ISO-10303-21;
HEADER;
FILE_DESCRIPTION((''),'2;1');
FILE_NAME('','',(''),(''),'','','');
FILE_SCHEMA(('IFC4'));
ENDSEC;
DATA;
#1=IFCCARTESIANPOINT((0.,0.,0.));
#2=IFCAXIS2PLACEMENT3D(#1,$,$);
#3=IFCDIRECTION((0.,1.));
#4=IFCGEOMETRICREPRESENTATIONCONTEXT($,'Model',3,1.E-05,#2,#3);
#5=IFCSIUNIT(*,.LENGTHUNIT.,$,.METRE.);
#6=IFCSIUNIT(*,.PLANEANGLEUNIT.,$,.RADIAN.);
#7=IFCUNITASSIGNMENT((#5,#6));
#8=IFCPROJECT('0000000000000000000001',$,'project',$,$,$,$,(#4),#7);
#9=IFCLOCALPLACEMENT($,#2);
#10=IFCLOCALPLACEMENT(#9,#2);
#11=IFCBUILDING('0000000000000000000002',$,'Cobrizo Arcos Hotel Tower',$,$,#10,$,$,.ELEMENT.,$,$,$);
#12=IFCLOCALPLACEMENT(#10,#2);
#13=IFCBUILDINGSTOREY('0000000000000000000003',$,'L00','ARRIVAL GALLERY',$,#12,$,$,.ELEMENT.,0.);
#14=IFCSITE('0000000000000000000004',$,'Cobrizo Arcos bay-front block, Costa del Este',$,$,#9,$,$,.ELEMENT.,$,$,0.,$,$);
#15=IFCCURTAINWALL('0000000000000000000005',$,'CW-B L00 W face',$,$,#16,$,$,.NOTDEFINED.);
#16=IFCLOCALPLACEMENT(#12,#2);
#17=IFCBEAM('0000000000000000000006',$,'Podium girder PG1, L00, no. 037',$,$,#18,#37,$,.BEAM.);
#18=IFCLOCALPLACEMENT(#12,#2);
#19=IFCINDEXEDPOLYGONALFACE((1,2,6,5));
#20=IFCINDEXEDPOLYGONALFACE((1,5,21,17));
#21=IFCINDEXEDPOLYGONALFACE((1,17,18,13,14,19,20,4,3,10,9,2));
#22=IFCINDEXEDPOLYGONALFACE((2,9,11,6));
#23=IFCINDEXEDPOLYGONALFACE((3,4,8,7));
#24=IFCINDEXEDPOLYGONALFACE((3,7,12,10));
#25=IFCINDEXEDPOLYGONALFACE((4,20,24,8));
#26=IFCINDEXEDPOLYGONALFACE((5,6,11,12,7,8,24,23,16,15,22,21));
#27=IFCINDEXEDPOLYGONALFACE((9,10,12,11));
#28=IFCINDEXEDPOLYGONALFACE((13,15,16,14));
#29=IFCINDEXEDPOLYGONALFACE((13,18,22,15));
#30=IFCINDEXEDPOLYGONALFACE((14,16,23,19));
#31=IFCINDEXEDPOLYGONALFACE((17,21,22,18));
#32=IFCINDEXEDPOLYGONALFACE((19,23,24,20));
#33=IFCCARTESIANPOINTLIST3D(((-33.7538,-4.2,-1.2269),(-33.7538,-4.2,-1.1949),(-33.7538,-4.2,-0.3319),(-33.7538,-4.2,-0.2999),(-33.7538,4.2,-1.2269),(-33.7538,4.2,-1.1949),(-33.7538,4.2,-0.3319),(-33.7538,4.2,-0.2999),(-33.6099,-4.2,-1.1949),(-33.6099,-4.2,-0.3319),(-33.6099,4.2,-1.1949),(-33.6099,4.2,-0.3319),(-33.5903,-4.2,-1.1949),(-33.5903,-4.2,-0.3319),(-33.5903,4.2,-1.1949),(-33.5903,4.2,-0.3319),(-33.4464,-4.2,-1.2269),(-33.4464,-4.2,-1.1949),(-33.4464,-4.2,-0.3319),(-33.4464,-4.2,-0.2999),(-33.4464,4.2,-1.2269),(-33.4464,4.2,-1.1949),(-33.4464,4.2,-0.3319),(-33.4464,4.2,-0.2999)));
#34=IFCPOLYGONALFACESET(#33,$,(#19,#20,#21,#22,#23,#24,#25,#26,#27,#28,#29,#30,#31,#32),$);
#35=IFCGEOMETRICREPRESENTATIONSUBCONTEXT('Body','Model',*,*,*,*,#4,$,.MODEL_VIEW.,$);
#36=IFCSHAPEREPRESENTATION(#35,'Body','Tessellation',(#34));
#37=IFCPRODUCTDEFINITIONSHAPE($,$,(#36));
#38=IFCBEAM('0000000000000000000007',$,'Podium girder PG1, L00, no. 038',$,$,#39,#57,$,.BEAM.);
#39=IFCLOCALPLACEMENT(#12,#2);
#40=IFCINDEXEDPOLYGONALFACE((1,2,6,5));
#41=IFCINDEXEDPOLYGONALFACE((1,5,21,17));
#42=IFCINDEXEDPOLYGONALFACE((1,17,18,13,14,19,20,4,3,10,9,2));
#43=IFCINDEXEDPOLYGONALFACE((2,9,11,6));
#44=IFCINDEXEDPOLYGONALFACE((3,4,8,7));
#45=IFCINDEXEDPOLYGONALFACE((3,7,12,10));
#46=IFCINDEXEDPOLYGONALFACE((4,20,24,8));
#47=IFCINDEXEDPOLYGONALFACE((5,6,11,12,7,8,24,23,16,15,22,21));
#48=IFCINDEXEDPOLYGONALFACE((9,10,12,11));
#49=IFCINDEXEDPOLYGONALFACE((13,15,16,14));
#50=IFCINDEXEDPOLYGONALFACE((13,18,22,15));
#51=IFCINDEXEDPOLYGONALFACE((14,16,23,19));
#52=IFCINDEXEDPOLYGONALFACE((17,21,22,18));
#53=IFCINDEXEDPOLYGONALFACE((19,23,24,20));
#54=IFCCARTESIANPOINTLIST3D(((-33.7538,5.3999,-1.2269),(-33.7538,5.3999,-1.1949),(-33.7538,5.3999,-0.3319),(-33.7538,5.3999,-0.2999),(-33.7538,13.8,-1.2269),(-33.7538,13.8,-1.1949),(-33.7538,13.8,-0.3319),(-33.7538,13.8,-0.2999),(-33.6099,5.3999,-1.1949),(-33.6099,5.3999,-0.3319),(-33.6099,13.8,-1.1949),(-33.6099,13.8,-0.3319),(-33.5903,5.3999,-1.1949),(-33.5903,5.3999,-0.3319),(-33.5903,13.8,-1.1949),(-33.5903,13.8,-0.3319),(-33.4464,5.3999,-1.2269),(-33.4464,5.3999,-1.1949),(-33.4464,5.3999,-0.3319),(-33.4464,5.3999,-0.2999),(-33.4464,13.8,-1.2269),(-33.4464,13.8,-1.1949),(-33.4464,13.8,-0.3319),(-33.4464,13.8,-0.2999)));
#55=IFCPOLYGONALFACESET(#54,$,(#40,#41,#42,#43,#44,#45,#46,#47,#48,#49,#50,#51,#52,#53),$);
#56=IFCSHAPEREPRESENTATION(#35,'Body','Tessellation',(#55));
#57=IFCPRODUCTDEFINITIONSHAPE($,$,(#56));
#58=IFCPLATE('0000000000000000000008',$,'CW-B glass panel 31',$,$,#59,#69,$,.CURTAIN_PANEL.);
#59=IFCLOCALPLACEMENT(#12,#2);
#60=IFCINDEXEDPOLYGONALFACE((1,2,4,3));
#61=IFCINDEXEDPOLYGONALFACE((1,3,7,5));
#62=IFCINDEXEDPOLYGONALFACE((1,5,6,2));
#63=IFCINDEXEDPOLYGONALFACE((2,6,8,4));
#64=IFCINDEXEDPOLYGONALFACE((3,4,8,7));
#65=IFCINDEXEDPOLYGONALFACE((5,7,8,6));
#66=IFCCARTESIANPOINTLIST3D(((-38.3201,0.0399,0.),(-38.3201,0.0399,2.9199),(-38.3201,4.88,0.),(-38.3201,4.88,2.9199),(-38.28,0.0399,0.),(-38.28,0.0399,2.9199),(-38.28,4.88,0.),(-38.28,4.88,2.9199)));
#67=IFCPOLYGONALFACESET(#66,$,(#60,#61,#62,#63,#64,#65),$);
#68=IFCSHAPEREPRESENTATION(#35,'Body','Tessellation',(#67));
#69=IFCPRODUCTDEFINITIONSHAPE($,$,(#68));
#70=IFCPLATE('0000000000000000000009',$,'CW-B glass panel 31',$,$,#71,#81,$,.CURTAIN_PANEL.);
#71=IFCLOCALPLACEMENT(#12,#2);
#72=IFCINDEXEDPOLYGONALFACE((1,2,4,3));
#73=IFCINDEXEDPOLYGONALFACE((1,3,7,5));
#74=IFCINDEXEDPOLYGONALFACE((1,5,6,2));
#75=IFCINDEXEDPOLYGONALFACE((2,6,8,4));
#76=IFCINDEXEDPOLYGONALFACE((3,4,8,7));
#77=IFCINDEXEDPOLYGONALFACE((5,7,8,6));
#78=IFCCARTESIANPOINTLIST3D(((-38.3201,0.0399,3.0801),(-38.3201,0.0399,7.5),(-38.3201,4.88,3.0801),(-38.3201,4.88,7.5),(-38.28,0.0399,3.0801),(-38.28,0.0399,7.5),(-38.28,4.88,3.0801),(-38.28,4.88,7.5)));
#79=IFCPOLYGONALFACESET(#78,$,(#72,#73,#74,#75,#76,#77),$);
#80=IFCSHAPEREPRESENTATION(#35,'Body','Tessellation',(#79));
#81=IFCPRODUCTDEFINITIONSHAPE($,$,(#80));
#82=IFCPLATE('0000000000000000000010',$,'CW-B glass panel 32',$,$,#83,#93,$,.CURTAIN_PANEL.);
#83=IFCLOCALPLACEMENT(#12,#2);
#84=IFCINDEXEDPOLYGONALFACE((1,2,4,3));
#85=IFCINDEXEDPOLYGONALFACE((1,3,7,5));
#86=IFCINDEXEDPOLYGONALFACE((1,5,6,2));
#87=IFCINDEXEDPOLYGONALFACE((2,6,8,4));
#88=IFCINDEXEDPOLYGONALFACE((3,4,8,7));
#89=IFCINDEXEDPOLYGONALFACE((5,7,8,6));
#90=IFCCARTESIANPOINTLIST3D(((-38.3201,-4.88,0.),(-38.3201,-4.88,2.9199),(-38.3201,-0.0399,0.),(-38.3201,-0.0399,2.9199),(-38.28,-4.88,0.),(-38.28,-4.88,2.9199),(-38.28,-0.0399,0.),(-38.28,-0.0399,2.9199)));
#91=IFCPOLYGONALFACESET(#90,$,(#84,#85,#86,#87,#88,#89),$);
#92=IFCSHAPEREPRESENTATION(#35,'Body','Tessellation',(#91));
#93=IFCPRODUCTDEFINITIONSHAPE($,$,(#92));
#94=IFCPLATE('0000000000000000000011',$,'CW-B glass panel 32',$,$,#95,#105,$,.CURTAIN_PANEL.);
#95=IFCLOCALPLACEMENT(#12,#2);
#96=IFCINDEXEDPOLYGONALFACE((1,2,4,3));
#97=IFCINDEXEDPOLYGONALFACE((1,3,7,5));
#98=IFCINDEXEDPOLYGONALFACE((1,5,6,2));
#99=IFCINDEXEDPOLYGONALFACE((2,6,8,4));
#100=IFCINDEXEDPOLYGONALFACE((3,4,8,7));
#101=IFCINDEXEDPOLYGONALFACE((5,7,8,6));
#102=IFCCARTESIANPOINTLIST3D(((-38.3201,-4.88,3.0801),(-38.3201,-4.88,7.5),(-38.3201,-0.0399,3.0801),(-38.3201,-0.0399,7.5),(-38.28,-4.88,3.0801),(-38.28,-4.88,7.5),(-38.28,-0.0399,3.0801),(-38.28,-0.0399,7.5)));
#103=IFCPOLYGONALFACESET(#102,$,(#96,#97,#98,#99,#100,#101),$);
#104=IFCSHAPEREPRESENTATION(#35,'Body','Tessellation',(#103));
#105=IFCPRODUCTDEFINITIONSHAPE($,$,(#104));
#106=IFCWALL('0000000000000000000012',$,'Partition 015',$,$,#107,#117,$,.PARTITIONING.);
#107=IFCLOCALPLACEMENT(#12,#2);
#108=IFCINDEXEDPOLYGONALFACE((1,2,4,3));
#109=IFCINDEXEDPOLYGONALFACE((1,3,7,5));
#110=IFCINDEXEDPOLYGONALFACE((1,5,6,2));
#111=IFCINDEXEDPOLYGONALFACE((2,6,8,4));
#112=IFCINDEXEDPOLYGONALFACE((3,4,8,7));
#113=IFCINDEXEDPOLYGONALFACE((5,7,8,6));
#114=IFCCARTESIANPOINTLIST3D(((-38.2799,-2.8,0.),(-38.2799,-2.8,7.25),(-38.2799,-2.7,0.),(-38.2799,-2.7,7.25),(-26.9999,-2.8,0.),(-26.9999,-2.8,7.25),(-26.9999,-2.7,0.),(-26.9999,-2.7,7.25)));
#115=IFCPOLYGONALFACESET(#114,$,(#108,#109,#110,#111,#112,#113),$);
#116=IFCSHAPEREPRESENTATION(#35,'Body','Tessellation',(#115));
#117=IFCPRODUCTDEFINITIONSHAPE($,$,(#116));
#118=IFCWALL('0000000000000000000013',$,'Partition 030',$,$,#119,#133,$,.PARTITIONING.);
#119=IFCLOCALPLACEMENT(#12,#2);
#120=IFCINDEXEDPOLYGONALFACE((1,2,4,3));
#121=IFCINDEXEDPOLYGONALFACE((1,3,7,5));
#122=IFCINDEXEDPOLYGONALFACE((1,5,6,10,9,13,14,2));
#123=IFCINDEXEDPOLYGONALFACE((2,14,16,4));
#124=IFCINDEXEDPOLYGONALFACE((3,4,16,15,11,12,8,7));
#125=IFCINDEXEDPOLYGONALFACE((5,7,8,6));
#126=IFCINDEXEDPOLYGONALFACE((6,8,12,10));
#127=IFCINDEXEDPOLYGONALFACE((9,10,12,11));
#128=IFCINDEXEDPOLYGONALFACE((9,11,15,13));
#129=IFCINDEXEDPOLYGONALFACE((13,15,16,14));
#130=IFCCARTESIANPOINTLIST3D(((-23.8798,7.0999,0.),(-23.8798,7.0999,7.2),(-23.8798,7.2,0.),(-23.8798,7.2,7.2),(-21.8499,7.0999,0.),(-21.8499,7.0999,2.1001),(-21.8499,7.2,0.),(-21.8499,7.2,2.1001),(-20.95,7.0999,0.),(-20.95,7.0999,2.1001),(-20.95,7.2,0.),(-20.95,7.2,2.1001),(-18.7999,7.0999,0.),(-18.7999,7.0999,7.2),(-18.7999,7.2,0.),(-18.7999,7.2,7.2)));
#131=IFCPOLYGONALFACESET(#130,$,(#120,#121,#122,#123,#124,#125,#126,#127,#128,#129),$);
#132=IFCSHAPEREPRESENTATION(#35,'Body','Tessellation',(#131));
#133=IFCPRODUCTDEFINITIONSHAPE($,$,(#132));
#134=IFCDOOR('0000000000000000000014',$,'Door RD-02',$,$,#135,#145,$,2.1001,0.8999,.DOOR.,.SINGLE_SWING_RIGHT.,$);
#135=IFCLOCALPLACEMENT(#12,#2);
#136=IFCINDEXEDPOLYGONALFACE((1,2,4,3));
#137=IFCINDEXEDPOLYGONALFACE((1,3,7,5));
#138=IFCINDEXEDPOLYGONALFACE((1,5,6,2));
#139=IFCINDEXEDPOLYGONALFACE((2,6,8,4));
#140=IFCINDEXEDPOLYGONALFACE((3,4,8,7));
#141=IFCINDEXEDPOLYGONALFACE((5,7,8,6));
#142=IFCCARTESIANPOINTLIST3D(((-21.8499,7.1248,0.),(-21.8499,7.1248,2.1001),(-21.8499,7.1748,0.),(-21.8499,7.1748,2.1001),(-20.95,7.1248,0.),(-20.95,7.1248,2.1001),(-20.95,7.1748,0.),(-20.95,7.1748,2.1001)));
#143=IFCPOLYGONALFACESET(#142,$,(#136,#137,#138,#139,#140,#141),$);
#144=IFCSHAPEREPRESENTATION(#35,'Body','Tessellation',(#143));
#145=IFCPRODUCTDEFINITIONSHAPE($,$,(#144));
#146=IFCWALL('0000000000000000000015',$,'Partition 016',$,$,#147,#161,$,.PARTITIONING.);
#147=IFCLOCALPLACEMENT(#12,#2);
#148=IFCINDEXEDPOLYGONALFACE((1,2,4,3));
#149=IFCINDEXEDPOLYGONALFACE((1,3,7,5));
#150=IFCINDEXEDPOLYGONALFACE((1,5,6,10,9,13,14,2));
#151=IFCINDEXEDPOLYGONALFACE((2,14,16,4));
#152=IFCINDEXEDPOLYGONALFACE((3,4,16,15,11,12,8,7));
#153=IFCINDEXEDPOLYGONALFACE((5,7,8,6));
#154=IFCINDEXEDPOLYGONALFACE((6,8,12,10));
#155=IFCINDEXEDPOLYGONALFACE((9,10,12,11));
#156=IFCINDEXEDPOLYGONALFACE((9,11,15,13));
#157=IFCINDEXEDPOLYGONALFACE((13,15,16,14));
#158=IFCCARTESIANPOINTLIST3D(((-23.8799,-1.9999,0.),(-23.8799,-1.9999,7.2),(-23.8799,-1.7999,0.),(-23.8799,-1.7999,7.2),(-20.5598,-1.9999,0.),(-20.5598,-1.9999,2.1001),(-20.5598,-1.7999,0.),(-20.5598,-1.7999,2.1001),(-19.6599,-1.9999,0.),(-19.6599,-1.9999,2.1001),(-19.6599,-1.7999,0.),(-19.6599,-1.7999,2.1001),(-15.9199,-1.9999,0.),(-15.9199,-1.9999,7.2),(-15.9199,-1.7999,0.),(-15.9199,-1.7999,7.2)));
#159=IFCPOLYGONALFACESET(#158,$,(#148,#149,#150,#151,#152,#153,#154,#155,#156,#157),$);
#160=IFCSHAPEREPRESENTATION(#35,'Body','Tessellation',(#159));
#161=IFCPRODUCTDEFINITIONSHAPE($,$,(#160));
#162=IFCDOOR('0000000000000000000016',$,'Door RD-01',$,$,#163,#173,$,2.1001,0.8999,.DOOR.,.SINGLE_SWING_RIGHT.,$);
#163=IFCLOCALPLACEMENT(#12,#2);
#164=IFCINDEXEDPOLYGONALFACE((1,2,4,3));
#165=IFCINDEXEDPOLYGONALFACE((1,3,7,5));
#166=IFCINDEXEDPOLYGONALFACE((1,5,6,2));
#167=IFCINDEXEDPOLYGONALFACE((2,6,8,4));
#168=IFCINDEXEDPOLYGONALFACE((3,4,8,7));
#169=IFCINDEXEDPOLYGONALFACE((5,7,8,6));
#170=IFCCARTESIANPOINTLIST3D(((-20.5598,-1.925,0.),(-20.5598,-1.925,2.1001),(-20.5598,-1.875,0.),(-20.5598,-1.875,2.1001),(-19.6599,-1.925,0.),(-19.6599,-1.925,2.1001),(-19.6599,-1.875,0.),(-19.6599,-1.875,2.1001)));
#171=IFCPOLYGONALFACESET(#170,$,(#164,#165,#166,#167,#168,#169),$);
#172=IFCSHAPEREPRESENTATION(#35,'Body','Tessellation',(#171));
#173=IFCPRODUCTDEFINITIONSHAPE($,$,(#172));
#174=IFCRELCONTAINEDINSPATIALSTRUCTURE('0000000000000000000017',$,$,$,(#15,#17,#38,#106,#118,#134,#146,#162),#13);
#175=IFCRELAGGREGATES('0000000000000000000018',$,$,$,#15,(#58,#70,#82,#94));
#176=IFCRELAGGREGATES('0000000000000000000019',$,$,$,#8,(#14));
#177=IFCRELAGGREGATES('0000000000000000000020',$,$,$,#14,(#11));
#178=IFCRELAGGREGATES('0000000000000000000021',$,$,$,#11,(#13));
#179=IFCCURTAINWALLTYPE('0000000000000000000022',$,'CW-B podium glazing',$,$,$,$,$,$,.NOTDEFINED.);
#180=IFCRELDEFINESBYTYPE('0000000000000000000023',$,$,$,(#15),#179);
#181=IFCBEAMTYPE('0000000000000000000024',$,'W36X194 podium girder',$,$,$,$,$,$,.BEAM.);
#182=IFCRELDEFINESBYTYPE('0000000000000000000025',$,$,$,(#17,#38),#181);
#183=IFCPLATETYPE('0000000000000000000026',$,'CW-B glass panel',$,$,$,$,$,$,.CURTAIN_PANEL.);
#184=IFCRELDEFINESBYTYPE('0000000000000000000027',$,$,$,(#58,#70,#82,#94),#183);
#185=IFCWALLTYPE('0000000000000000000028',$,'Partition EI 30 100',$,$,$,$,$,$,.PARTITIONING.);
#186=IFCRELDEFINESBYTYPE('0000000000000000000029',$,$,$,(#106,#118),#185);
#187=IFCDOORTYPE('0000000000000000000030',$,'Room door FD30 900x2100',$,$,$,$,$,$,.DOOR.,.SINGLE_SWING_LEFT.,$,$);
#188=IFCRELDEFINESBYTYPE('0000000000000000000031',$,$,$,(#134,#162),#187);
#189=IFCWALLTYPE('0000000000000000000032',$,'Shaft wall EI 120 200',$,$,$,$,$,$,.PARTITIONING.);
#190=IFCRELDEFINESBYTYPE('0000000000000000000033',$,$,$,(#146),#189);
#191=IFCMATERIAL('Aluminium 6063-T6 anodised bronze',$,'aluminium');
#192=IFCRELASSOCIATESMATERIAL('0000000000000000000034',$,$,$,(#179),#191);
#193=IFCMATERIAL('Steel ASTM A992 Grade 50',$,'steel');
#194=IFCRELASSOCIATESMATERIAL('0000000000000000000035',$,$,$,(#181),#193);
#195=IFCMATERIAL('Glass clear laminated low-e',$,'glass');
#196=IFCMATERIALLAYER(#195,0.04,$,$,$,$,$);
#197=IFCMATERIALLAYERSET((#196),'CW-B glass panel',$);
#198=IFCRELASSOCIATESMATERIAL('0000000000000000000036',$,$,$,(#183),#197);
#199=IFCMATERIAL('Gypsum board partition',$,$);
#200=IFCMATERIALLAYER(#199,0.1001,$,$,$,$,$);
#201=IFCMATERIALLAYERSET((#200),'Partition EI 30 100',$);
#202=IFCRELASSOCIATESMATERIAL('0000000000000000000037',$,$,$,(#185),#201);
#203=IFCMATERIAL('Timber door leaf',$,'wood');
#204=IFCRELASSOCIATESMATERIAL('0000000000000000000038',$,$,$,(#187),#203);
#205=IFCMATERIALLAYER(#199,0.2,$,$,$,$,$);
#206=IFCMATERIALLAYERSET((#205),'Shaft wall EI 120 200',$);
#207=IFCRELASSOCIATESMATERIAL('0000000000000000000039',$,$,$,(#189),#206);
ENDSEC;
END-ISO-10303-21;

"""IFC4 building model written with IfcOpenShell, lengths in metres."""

from ifc_helpers import new_model, si_unit, direction, frame, frame_2d, origin, origin_2d, place, context, subcontext, project, spatial, rectangle, i_section, extrude, material, layer, layer_set, material_profile, profile_set, type_object, element, fill, aggregate, save


model = new_model("IFC4")

# Units and contexts
model_context = context("Model", 3, precision=1e-05, world=origin(), true_north=direction((0.0, 1.0)))
body_context = subcontext(model_context, "Body", "Model", "MODEL_VIEW")
ifc_project = project(units=[si_unit("LENGTHUNIT", "METRE"), si_unit("PLANEANGLEUNIT", "RADIAN")], contexts=[model_context])

# Site, building, storey
site_placement = place(None, origin())
site = spatial("IfcSite", under=ifc_project, at=site_placement, Name="Cobrizo Arcos bay-front block, Costa del Este", CompositionType="ELEMENT", RefElevation=0.0)
building_placement = place(site_placement, origin())
building = spatial("IfcBuilding", under=site, at=building_placement, Name="Cobrizo Arcos Hotel Tower", CompositionType="ELEMENT")
storey_placement = place(building_placement, origin())
storey = spatial("IfcBuildingStorey", under=building, at=storey_placement, Name="L00", Description="ARRIVAL GALLERY", CompositionType="ELEMENT", Elevation=0.0)

# Curtain wall
ifc_material_1 = material(Name="Aluminium 6063-T6 anodised bronze", Category="aluminium")
curtain_wall_type = type_object("IfcCurtainWallType", Name="CW-B podium glazing", PredefinedType="NOTDEFINED", material=ifc_material_1)
curtain_wall_placement = place(storey_placement, origin())
curtain_wall = element("IfcCurtainWall", 1, at=curtain_wall_placement, inside=storey, type_object=curtain_wall_type, Name="CW-B L00 W face", PredefinedType="NOTDEFINED")

# Beams
ifc_material_2 = material(Name="Steel ASTM A992 Grade 50", Category="steel")
ifc_material_profile_1 = material_profile(ifc_material_2, i_section(OverallWidth=0.3074, OverallDepth=0.927, WebThickness=0.0195, FlangeThickness=0.032, at=origin_2d()), Name="W36X194")
ifc_profile_set_1 = profile_set([ifc_material_profile_1], Name="Steel ASTM A992 Grade 50")
beam_type_1 = type_object("IfcBeamType", Name="W36X194 podium girder", PredefinedType="BEAM", material=ifc_profile_set_1)
beam_1_placement = place(storey_placement, frame((-33.6001, -4.2, -0.7634), z_axis=(0.0, 1.0, 0.0), x_axis=(-1.0, 0.0, 0.0)))
element("IfcBeam", 2, at=beam_1_placement, inside=storey, type_object=beam_type_1, Name="Podium girder PG1, L00, no. 037", PredefinedType="BEAM", context=body_context, shape_type="SweptSolid", body=[
    extrude(i_section(OverallWidth=0.3074, OverallDepth=0.927, WebThickness=0.0195, FlangeThickness=0.032, at=origin_2d()), origin(), (0.0, 0.0, 1.0), 8.3999),
])
beam_2_placement = place(storey_placement, frame((-33.6001, 5.3999, -0.7634), z_axis=(0.0, 1.0, 0.0), x_axis=(-1.0, 0.0, 0.0)))
element("IfcBeam", 3, at=beam_2_placement, inside=storey, type_object=beam_type_1, Name="Podium girder PG1, L00, no. 038", PredefinedType="BEAM", context=body_context, shape_type="SweptSolid", body=[
    extrude(i_section(OverallWidth=0.3074, OverallDepth=0.927, WebThickness=0.0195, FlangeThickness=0.032, at=origin_2d()), origin(), (0.0, 0.0, 1.0), 8.4001),
])

# Plates
ifc_material_3 = material(Name="Glass clear laminated low-e", Category="glass")
ifc_layer_1 = layer(ifc_material_3, 0.04)
ifc_layer_set_1 = layer_set([ifc_layer_1], Name="CW-B glass panel")
plate_type = type_object("IfcPlateType", Name="CW-B glass panel", PredefinedType="CURTAIN_PANEL", material=ifc_layer_set_1)
plate_1_placement = place(storey_placement, frame((-38.3, 2.46, 0.0), z_axis=(0.0, 0.0, 1.0), x_axis=(0.0, -1.0, 0.0)))
plate_1 = element("IfcPlate", 4, at=plate_1_placement, type_object=plate_type, Name="CW-B glass panel 31", PredefinedType="CURTAIN_PANEL", context=body_context, shape_type="SweptSolid", body=[
    extrude(rectangle(XDim=4.8401, YDim=0.04, at=origin_2d()), origin(), (0.0, 0.0, 1.0), 2.9199),
])
plate_2_placement = place(storey_placement, frame((-38.3, 2.46, 3.0801), z_axis=(0.0, 0.0, 1.0), x_axis=(0.0, -1.0, 0.0)))
plate_2 = element("IfcPlate", 5, at=plate_2_placement, type_object=plate_type, Name="CW-B glass panel 31", PredefinedType="CURTAIN_PANEL", context=body_context, shape_type="SweptSolid", body=[
    extrude(rectangle(XDim=4.8401, YDim=0.04, at=origin_2d()), origin(), (0.0, 0.0, 1.0), 4.4199),
])
plate_3_placement = place(storey_placement, frame((-38.3, -2.46, 0.0), z_axis=(0.0, 0.0, 1.0), x_axis=(0.0, -1.0, 0.0)))
plate_3 = element("IfcPlate", 6, at=plate_3_placement, type_object=plate_type, Name="CW-B glass panel 32", PredefinedType="CURTAIN_PANEL", context=body_context, shape_type="SweptSolid", body=[
    extrude(rectangle(XDim=4.8401, YDim=0.04, at=origin_2d()), origin(), (0.0, 0.0, 1.0), 2.9199),
])
plate_4_placement = place(storey_placement, frame((-38.3, -2.46, 3.0801), z_axis=(0.0, 0.0, 1.0), x_axis=(0.0, -1.0, 0.0)))
plate_4 = element("IfcPlate", 7, at=plate_4_placement, type_object=plate_type, Name="CW-B glass panel 32", PredefinedType="CURTAIN_PANEL", context=body_context, shape_type="SweptSolid", body=[
    extrude(rectangle(XDim=4.8401, YDim=0.04, at=origin_2d()), origin(), (0.0, 0.0, 1.0), 4.4199),
])
aggregate(curtain_wall, [plate_1, plate_2, plate_3, plate_4])

# Wall
ifc_material_4 = material(Name="Gypsum board partition")
ifc_layer_2 = layer(ifc_material_4, 0.1001)
ifc_layer_set_2 = layer_set([ifc_layer_2], Name="Partition EI 30 100")
wall_type_1 = type_object("IfcWallType", Name="Partition EI 30 100", PredefinedType="PARTITIONING", material=ifc_layer_set_2)
wall_1_placement = place(storey_placement, frame((-38.28, -2.75, 0.0), z_axis=(0.0, 0.0, 1.0), x_axis=(1.0, 0.0, 0.0)))
element("IfcWall", 8, at=wall_1_placement, inside=storey, type_object=wall_type_1, Name="Partition 015", PredefinedType="PARTITIONING", context=body_context, shape_type="SweptSolid", body=[
    extrude(rectangle(XDim=11.28, YDim=0.1001, at=frame_2d((5.6401, 0.0))), origin(), (0.0, 0.0, 1.0), 7.25),
])

# Walls, openings, doors
wall_2_placement = place(storey_placement, frame((-23.8799, 7.1499, 0.0), z_axis=(0.0, 0.0, 1.0), x_axis=(1.0, 0.0, 0.0)))
wall_2 = element("IfcWall", 9, at=wall_2_placement, inside=storey, type_object=wall_type_1, Name="Partition 030", PredefinedType="PARTITIONING", context=body_context, shape_type="SweptSolid", body=[
    extrude(rectangle(XDim=5.0798, YDim=0.1001, at=frame_2d((2.54, 0.0))), origin(), (0.0, 0.0, 1.0), 7.2),
])
opening_1_placement = place(wall_2_placement, frame((2.03, 0.0, 0.0)))
opening_1 = element("IfcOpeningElement", 10, at=opening_1_placement, cuts=wall_2, PredefinedType="OPENING", context=body_context, shape_type="SweptSolid", body=[
    extrude(rectangle(XDim=0.8999, YDim=2.1001, at=frame_2d((0.45, 1.05))), frame((0.0, 0.062, 0.0), z_axis=(0.0, -1.0, 0.0), x_axis=(1.0, 0.0, 0.0)), (0.0, 0.0, 1.0), 0.124),
])
ifc_material_5 = material(Name="Timber door leaf", Category="wood")
door_type = type_object("IfcDoorType", Name="Room door FD30 900x2100", OperationType="SINGLE_SWING_LEFT", PredefinedType="DOOR", material=ifc_material_5)
door_1_placement = place(opening_1_placement, origin())
door_1 = element("IfcDoor", 11, at=door_1_placement, inside=storey, type_object=door_type, Name="Door RD-02", OperationType="SINGLE_SWING_RIGHT", OverallHeight=2.1001, OverallWidth=0.8999, PredefinedType="DOOR", context=body_context, shape_type="SweptSolid", body=[
    extrude(rectangle(XDim=0.8999, YDim=2.1001, at=frame_2d((0.45, 1.05))), frame((0.0, 0.0249, 0.0), z_axis=(0.0, -1.0, 0.0), x_axis=(1.0, 0.0, 0.0)), (0.0, 0.0, 1.0), 0.05),
])
fill(opening_1, door_1)
ifc_layer_3 = layer(ifc_material_4, 0.2)
ifc_layer_set_3 = layer_set([ifc_layer_3], Name="Shaft wall EI 120 200")
wall_type_2 = type_object("IfcWallType", Name="Shaft wall EI 120 200", PredefinedType="PARTITIONING", material=ifc_layer_set_3)
wall_3_placement = place(storey_placement, frame((-23.8799, -1.8999, 0.0), z_axis=(0.0, 0.0, 1.0), x_axis=(1.0, 0.0, 0.0)))
wall_3 = element("IfcWall", 12, at=wall_3_placement, inside=storey, type_object=wall_type_2, Name="Partition 016", PredefinedType="PARTITIONING", context=body_context, shape_type="SweptSolid", body=[
    extrude(rectangle(XDim=7.96, YDim=0.2, at=frame_2d((3.98, 0.0))), origin(), (0.0, 0.0, 1.0), 7.2),
])
opening_2_placement = place(wall_3_placement, frame((3.3201, 0.0, 0.0)))
opening_2 = element("IfcOpeningElement", 13, at=opening_2_placement, cuts=wall_3, PredefinedType="OPENING", context=body_context, shape_type="SweptSolid", body=[
    extrude(rectangle(XDim=0.8999, YDim=2.1001, at=frame_2d((0.45, 1.05))), frame((0.0, 0.1121, 0.0), z_axis=(0.0, -1.0, 0.0), x_axis=(1.0, 0.0, 0.0)), (0.0, 0.0, 1.0), 0.2239),
])
door_2_placement = place(opening_2_placement, origin())
door_2 = element("IfcDoor", 14, at=door_2_placement, inside=storey, type_object=door_type, Name="Door RD-01", OperationType="SINGLE_SWING_RIGHT", OverallHeight=2.1001, OverallWidth=0.8999, PredefinedType="DOOR", context=body_context, shape_type="SweptSolid", body=[
    extrude(rectangle(XDim=0.8999, YDim=2.1001, at=frame_2d((0.45, 1.05))), frame((0.0, 0.0249, 0.0), z_axis=(0.0, -1.0, 0.0), x_axis=(1.0, 0.0, 0.0)), (0.0, 0.0, 1.0), 0.05),
])
fill(opening_2, door_2)

save(model, "model.ifc")
